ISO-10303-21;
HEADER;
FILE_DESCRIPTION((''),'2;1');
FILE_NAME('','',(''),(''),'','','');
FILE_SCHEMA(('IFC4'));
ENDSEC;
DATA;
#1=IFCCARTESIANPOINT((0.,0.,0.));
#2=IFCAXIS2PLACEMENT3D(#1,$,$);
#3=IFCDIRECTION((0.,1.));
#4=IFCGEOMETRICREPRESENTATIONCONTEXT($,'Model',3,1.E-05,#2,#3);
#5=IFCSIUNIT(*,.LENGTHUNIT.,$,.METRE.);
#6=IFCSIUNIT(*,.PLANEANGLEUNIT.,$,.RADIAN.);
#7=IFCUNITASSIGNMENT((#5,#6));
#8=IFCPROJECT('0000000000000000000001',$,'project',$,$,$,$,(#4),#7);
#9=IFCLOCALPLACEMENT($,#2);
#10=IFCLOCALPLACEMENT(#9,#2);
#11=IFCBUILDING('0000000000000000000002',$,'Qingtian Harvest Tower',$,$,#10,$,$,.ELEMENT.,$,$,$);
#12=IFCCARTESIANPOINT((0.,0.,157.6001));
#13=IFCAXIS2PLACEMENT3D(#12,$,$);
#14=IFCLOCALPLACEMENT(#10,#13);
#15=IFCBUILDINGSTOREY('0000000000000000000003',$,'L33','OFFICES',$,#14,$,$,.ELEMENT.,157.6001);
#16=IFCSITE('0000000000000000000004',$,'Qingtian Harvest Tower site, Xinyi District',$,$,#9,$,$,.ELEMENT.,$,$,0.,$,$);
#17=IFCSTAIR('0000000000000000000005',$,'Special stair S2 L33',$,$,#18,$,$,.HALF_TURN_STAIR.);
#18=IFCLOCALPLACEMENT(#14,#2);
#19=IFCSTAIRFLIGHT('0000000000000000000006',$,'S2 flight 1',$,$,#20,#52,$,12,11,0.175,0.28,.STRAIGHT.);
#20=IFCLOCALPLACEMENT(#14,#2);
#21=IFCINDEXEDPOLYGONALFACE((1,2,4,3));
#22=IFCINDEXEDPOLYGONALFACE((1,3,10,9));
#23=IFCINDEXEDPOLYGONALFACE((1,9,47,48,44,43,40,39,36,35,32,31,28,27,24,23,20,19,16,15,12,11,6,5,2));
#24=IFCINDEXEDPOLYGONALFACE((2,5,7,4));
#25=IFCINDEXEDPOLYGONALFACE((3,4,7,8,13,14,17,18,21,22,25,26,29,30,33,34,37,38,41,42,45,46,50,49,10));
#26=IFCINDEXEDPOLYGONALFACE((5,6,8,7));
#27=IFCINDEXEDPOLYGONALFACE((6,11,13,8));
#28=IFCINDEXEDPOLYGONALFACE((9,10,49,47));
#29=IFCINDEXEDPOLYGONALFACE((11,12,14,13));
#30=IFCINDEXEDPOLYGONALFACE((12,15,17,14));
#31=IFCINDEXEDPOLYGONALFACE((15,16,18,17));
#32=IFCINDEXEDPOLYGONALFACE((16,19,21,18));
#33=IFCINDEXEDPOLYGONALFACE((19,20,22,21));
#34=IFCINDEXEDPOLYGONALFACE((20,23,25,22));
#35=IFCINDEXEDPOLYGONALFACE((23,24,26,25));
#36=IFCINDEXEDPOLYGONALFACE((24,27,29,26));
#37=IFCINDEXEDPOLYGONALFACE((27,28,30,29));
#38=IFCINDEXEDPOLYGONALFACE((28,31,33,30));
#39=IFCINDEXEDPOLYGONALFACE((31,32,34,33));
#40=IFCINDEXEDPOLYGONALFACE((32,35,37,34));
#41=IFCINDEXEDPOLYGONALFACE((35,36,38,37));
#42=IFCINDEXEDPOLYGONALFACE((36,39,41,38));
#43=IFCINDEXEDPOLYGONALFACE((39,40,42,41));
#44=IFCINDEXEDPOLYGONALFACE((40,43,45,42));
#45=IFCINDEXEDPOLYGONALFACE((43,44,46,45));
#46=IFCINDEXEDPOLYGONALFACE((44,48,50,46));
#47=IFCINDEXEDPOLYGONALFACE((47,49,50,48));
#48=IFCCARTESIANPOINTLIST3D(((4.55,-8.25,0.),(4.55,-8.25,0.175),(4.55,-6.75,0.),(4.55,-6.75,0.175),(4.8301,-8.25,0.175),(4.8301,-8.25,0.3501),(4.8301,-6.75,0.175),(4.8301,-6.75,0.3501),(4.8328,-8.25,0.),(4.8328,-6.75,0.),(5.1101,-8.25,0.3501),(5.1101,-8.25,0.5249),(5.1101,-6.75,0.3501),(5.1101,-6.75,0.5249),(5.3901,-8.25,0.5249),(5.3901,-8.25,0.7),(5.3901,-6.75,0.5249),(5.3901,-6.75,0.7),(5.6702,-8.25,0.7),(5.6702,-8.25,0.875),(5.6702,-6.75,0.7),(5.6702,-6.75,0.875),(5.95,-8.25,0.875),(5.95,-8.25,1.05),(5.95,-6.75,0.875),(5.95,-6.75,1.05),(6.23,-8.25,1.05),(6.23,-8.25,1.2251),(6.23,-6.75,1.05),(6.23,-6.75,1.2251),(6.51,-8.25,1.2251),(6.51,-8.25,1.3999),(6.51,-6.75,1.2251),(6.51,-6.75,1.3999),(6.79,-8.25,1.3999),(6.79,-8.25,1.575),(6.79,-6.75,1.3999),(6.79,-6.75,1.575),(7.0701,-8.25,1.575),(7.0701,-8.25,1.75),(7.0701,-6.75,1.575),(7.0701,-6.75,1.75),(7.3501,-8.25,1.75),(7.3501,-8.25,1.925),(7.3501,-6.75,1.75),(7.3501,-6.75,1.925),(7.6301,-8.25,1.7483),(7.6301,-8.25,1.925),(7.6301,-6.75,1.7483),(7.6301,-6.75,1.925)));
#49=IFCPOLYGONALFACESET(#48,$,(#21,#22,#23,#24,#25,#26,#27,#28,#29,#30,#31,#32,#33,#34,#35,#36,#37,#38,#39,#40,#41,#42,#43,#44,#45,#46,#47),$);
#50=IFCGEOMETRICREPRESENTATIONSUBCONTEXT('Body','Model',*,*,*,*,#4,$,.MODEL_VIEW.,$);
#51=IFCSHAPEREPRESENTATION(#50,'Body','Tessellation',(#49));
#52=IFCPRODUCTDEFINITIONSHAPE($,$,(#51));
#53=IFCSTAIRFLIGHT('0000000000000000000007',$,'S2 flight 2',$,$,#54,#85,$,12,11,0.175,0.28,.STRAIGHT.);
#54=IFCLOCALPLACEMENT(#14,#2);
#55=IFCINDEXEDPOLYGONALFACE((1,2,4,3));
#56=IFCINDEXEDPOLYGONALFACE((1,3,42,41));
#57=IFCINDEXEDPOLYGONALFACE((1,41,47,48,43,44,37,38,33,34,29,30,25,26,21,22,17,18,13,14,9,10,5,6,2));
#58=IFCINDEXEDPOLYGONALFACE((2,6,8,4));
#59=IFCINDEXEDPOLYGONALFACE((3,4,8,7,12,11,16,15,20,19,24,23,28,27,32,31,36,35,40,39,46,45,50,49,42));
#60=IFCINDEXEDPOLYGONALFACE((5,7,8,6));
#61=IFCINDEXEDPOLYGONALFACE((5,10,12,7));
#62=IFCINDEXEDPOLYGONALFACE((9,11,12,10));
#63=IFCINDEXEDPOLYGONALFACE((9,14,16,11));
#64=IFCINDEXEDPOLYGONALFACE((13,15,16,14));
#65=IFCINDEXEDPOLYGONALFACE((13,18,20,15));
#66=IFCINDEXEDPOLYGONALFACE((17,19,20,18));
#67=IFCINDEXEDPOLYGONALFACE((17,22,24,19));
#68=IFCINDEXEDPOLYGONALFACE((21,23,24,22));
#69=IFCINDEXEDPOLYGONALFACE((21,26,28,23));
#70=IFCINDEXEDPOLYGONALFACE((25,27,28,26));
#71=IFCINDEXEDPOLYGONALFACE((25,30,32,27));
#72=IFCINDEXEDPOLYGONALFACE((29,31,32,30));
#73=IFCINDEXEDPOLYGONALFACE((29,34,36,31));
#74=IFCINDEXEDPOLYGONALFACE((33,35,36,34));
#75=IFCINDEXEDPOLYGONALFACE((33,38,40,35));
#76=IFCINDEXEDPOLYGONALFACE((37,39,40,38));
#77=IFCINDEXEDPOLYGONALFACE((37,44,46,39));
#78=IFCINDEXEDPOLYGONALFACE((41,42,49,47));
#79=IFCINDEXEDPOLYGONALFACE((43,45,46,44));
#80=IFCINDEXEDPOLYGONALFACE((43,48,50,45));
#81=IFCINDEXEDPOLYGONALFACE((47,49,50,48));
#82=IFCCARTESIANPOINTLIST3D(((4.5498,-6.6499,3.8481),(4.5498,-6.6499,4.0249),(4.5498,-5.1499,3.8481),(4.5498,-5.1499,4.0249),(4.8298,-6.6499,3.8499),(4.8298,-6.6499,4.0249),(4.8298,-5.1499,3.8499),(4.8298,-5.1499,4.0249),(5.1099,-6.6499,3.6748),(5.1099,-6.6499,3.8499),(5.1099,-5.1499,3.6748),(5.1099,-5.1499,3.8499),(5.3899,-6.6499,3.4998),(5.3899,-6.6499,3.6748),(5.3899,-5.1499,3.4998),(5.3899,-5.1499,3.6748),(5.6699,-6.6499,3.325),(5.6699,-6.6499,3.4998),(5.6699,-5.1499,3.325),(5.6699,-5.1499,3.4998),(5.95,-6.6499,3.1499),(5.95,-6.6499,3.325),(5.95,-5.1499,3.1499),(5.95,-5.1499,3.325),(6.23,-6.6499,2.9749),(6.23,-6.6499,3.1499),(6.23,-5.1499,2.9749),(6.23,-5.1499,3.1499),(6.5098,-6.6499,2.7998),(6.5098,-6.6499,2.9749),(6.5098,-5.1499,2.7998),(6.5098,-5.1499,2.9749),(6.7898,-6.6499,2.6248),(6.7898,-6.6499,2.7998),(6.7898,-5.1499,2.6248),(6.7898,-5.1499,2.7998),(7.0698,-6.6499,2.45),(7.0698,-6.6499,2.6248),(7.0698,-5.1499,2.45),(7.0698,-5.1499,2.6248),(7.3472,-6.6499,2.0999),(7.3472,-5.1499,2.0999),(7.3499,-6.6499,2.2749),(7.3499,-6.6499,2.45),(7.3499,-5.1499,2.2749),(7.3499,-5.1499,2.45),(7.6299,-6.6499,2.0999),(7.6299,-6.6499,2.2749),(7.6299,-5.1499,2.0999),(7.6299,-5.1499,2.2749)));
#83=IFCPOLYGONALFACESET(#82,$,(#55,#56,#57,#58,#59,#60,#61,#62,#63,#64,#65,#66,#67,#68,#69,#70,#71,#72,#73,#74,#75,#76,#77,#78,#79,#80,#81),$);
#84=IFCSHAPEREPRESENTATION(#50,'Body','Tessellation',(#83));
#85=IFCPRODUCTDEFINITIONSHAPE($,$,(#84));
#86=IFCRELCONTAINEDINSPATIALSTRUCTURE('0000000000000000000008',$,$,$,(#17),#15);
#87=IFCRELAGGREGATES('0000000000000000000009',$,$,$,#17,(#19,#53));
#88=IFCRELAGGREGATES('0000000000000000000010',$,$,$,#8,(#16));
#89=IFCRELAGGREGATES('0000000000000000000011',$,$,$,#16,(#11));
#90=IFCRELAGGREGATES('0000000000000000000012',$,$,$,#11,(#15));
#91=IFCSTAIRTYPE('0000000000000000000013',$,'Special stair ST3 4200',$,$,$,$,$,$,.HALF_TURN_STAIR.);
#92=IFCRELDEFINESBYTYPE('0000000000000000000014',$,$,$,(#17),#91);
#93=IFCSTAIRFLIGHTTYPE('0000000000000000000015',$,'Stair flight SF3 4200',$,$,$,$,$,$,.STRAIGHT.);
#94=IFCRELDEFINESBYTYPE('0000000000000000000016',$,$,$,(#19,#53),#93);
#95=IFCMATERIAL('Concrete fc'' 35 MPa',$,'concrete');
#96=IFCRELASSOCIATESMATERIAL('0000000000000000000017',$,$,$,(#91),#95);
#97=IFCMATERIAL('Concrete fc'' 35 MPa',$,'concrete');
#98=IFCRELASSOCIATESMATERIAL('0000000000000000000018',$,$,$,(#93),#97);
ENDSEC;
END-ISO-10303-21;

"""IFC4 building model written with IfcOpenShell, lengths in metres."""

from ifc_helpers import new_model, si_unit, direction, frame, origin, place, context, subcontext, project, spatial, polyline, outline, extrude, material, type_object, element, aggregate, save


model = new_model("IFC4")

# Units and contexts
model_context = context("Model", 3, precision=1e-05, world=origin(), true_north=direction((0.0, 1.0)))
body_context = subcontext(model_context, "Body", "Model", "MODEL_VIEW")
ifc_project = project(units=[si_unit("LENGTHUNIT", "METRE"), si_unit("PLANEANGLEUNIT", "RADIAN")], contexts=[model_context])

# Site, building, storey
site_placement = place(None, origin())
site = spatial("IfcSite", under=ifc_project, at=site_placement, Name="Qingtian Harvest Tower site, Xinyi District", CompositionType="ELEMENT", RefElevation=0.0)
building_placement = place(site_placement, origin())
building = spatial("IfcBuilding", under=site, at=building_placement, Name="Qingtian Harvest Tower", CompositionType="ELEMENT")
storey_placement = place(building_placement, frame((0.0, 0.0, 157.6001)))
storey = spatial("IfcBuildingStorey", under=building, at=storey_placement, Name="L33", Description="OFFICES", CompositionType="ELEMENT", Elevation=157.6001)

# Stair, stair flights
ifc_material_1 = material(Name="Concrete fc' 35 MPa", Category="concrete")
stair_type = type_object("IfcStairType", Name="Special stair ST3 4200", PredefinedType="HALF_TURN_STAIR", material=ifc_material_1)
stair_placement = place(storey_placement, origin())
stair = element("IfcStair", 1, at=stair_placement, inside=storey, type_object=stair_type, Name="Special stair S2 L33", PredefinedType="HALF_TURN_STAIR")
ifc_material_2 = material(Name="Concrete fc' 35 MPa", Category="concrete")
stair_flight_type = type_object("IfcStairFlightType", Name="Stair flight SF3 4200", PredefinedType="STRAIGHT", material=ifc_material_2)
stair_flight_1_placement = place(storey_placement, frame((4.55, -7.5, 0.0), z_axis=(0.0, 0.0, 1.0), x_axis=(1.0, 0.0, 0.0)))
stair_flight_1 = element("IfcStairFlight", 2, at=stair_flight_1_placement, type_object=stair_flight_type, Name="S2 flight 1", NumberOfRisers=12, NumberOfTreads=11, PredefinedType="STRAIGHT", RiserHeight=0.175, TreadLength=0.28, context=body_context, shape_type="SweptSolid", body=[
    extrude(outline(polyline([(0.0, 0.0), (0.0, 0.175), (0.28, 0.175), (0.28, 0.3501), (0.5601, 0.3501), (0.5601, 0.5249), (0.8401, 0.5249), (0.8401, 0.7), (1.1201, 0.7), (1.1201, 0.875), (1.3999, 0.875), (1.3999, 1.05), (1.6799, 1.05), (1.6799, 1.2251), (1.96, 1.2251), (1.96, 1.3999), (2.24, 1.3999), (2.24, 1.575), (2.52, 1.575), (2.52, 1.75), (2.8, 1.75), (2.8, 1.925), (3.0801, 1.925), (3.0801, 2.1001), (3.0801, 1.7483), (0.2827, 0.0), (0.0, 0.0)])), frame((0.0, 0.75, 0.0), z_axis=(0.0, -1.0, 0.0), x_axis=(1.0, 0.0, 0.0)), (0.0, 0.0, 1.0), 1.5),
])
stair_flight_2_placement = place(storey_placement, frame((7.6299, -5.8999, 2.0999), z_axis=(0.0, 0.0, 1.0), x_axis=(-1.0, 0.0, 0.0)))
stair_flight_2 = element("IfcStairFlight", 3, at=stair_flight_2_placement, type_object=stair_flight_type, Name="S2 flight 2", NumberOfRisers=12, NumberOfTreads=11, PredefinedType="STRAIGHT", RiserHeight=0.175, TreadLength=0.28, context=body_context, shape_type="SweptSolid", body=[
    extrude(outline(polyline([(0.0, 0.0), (0.0, 0.175), (0.28, 0.175), (0.28, 0.3501), (0.5601, 0.3501), (0.5601, 0.5249), (0.8401, 0.5249), (0.8401, 0.7), (1.1201, 0.7), (1.1201, 0.875), (1.3999, 0.875), (1.3999, 1.05), (1.6799, 1.05), (1.6799, 1.2251), (1.96, 1.2251), (1.96, 1.3999), (2.24, 1.3999), (2.24, 1.575), (2.52, 1.575), (2.52, 1.75), (2.8, 1.75), (2.8, 1.925), (3.0801, 1.925), (3.0801, 2.1001), (3.0801, 1.7483), (0.2827, 0.0), (0.0, 0.0)])), frame((0.0, 0.75, 0.0), z_axis=(0.0, -1.0, 0.0), x_axis=(1.0, 0.0, 0.0)), (0.0, 0.0, 1.0), 1.5),
])
aggregate(stair, [stair_flight_1, stair_flight_2])

save(model, "model.ifc")
